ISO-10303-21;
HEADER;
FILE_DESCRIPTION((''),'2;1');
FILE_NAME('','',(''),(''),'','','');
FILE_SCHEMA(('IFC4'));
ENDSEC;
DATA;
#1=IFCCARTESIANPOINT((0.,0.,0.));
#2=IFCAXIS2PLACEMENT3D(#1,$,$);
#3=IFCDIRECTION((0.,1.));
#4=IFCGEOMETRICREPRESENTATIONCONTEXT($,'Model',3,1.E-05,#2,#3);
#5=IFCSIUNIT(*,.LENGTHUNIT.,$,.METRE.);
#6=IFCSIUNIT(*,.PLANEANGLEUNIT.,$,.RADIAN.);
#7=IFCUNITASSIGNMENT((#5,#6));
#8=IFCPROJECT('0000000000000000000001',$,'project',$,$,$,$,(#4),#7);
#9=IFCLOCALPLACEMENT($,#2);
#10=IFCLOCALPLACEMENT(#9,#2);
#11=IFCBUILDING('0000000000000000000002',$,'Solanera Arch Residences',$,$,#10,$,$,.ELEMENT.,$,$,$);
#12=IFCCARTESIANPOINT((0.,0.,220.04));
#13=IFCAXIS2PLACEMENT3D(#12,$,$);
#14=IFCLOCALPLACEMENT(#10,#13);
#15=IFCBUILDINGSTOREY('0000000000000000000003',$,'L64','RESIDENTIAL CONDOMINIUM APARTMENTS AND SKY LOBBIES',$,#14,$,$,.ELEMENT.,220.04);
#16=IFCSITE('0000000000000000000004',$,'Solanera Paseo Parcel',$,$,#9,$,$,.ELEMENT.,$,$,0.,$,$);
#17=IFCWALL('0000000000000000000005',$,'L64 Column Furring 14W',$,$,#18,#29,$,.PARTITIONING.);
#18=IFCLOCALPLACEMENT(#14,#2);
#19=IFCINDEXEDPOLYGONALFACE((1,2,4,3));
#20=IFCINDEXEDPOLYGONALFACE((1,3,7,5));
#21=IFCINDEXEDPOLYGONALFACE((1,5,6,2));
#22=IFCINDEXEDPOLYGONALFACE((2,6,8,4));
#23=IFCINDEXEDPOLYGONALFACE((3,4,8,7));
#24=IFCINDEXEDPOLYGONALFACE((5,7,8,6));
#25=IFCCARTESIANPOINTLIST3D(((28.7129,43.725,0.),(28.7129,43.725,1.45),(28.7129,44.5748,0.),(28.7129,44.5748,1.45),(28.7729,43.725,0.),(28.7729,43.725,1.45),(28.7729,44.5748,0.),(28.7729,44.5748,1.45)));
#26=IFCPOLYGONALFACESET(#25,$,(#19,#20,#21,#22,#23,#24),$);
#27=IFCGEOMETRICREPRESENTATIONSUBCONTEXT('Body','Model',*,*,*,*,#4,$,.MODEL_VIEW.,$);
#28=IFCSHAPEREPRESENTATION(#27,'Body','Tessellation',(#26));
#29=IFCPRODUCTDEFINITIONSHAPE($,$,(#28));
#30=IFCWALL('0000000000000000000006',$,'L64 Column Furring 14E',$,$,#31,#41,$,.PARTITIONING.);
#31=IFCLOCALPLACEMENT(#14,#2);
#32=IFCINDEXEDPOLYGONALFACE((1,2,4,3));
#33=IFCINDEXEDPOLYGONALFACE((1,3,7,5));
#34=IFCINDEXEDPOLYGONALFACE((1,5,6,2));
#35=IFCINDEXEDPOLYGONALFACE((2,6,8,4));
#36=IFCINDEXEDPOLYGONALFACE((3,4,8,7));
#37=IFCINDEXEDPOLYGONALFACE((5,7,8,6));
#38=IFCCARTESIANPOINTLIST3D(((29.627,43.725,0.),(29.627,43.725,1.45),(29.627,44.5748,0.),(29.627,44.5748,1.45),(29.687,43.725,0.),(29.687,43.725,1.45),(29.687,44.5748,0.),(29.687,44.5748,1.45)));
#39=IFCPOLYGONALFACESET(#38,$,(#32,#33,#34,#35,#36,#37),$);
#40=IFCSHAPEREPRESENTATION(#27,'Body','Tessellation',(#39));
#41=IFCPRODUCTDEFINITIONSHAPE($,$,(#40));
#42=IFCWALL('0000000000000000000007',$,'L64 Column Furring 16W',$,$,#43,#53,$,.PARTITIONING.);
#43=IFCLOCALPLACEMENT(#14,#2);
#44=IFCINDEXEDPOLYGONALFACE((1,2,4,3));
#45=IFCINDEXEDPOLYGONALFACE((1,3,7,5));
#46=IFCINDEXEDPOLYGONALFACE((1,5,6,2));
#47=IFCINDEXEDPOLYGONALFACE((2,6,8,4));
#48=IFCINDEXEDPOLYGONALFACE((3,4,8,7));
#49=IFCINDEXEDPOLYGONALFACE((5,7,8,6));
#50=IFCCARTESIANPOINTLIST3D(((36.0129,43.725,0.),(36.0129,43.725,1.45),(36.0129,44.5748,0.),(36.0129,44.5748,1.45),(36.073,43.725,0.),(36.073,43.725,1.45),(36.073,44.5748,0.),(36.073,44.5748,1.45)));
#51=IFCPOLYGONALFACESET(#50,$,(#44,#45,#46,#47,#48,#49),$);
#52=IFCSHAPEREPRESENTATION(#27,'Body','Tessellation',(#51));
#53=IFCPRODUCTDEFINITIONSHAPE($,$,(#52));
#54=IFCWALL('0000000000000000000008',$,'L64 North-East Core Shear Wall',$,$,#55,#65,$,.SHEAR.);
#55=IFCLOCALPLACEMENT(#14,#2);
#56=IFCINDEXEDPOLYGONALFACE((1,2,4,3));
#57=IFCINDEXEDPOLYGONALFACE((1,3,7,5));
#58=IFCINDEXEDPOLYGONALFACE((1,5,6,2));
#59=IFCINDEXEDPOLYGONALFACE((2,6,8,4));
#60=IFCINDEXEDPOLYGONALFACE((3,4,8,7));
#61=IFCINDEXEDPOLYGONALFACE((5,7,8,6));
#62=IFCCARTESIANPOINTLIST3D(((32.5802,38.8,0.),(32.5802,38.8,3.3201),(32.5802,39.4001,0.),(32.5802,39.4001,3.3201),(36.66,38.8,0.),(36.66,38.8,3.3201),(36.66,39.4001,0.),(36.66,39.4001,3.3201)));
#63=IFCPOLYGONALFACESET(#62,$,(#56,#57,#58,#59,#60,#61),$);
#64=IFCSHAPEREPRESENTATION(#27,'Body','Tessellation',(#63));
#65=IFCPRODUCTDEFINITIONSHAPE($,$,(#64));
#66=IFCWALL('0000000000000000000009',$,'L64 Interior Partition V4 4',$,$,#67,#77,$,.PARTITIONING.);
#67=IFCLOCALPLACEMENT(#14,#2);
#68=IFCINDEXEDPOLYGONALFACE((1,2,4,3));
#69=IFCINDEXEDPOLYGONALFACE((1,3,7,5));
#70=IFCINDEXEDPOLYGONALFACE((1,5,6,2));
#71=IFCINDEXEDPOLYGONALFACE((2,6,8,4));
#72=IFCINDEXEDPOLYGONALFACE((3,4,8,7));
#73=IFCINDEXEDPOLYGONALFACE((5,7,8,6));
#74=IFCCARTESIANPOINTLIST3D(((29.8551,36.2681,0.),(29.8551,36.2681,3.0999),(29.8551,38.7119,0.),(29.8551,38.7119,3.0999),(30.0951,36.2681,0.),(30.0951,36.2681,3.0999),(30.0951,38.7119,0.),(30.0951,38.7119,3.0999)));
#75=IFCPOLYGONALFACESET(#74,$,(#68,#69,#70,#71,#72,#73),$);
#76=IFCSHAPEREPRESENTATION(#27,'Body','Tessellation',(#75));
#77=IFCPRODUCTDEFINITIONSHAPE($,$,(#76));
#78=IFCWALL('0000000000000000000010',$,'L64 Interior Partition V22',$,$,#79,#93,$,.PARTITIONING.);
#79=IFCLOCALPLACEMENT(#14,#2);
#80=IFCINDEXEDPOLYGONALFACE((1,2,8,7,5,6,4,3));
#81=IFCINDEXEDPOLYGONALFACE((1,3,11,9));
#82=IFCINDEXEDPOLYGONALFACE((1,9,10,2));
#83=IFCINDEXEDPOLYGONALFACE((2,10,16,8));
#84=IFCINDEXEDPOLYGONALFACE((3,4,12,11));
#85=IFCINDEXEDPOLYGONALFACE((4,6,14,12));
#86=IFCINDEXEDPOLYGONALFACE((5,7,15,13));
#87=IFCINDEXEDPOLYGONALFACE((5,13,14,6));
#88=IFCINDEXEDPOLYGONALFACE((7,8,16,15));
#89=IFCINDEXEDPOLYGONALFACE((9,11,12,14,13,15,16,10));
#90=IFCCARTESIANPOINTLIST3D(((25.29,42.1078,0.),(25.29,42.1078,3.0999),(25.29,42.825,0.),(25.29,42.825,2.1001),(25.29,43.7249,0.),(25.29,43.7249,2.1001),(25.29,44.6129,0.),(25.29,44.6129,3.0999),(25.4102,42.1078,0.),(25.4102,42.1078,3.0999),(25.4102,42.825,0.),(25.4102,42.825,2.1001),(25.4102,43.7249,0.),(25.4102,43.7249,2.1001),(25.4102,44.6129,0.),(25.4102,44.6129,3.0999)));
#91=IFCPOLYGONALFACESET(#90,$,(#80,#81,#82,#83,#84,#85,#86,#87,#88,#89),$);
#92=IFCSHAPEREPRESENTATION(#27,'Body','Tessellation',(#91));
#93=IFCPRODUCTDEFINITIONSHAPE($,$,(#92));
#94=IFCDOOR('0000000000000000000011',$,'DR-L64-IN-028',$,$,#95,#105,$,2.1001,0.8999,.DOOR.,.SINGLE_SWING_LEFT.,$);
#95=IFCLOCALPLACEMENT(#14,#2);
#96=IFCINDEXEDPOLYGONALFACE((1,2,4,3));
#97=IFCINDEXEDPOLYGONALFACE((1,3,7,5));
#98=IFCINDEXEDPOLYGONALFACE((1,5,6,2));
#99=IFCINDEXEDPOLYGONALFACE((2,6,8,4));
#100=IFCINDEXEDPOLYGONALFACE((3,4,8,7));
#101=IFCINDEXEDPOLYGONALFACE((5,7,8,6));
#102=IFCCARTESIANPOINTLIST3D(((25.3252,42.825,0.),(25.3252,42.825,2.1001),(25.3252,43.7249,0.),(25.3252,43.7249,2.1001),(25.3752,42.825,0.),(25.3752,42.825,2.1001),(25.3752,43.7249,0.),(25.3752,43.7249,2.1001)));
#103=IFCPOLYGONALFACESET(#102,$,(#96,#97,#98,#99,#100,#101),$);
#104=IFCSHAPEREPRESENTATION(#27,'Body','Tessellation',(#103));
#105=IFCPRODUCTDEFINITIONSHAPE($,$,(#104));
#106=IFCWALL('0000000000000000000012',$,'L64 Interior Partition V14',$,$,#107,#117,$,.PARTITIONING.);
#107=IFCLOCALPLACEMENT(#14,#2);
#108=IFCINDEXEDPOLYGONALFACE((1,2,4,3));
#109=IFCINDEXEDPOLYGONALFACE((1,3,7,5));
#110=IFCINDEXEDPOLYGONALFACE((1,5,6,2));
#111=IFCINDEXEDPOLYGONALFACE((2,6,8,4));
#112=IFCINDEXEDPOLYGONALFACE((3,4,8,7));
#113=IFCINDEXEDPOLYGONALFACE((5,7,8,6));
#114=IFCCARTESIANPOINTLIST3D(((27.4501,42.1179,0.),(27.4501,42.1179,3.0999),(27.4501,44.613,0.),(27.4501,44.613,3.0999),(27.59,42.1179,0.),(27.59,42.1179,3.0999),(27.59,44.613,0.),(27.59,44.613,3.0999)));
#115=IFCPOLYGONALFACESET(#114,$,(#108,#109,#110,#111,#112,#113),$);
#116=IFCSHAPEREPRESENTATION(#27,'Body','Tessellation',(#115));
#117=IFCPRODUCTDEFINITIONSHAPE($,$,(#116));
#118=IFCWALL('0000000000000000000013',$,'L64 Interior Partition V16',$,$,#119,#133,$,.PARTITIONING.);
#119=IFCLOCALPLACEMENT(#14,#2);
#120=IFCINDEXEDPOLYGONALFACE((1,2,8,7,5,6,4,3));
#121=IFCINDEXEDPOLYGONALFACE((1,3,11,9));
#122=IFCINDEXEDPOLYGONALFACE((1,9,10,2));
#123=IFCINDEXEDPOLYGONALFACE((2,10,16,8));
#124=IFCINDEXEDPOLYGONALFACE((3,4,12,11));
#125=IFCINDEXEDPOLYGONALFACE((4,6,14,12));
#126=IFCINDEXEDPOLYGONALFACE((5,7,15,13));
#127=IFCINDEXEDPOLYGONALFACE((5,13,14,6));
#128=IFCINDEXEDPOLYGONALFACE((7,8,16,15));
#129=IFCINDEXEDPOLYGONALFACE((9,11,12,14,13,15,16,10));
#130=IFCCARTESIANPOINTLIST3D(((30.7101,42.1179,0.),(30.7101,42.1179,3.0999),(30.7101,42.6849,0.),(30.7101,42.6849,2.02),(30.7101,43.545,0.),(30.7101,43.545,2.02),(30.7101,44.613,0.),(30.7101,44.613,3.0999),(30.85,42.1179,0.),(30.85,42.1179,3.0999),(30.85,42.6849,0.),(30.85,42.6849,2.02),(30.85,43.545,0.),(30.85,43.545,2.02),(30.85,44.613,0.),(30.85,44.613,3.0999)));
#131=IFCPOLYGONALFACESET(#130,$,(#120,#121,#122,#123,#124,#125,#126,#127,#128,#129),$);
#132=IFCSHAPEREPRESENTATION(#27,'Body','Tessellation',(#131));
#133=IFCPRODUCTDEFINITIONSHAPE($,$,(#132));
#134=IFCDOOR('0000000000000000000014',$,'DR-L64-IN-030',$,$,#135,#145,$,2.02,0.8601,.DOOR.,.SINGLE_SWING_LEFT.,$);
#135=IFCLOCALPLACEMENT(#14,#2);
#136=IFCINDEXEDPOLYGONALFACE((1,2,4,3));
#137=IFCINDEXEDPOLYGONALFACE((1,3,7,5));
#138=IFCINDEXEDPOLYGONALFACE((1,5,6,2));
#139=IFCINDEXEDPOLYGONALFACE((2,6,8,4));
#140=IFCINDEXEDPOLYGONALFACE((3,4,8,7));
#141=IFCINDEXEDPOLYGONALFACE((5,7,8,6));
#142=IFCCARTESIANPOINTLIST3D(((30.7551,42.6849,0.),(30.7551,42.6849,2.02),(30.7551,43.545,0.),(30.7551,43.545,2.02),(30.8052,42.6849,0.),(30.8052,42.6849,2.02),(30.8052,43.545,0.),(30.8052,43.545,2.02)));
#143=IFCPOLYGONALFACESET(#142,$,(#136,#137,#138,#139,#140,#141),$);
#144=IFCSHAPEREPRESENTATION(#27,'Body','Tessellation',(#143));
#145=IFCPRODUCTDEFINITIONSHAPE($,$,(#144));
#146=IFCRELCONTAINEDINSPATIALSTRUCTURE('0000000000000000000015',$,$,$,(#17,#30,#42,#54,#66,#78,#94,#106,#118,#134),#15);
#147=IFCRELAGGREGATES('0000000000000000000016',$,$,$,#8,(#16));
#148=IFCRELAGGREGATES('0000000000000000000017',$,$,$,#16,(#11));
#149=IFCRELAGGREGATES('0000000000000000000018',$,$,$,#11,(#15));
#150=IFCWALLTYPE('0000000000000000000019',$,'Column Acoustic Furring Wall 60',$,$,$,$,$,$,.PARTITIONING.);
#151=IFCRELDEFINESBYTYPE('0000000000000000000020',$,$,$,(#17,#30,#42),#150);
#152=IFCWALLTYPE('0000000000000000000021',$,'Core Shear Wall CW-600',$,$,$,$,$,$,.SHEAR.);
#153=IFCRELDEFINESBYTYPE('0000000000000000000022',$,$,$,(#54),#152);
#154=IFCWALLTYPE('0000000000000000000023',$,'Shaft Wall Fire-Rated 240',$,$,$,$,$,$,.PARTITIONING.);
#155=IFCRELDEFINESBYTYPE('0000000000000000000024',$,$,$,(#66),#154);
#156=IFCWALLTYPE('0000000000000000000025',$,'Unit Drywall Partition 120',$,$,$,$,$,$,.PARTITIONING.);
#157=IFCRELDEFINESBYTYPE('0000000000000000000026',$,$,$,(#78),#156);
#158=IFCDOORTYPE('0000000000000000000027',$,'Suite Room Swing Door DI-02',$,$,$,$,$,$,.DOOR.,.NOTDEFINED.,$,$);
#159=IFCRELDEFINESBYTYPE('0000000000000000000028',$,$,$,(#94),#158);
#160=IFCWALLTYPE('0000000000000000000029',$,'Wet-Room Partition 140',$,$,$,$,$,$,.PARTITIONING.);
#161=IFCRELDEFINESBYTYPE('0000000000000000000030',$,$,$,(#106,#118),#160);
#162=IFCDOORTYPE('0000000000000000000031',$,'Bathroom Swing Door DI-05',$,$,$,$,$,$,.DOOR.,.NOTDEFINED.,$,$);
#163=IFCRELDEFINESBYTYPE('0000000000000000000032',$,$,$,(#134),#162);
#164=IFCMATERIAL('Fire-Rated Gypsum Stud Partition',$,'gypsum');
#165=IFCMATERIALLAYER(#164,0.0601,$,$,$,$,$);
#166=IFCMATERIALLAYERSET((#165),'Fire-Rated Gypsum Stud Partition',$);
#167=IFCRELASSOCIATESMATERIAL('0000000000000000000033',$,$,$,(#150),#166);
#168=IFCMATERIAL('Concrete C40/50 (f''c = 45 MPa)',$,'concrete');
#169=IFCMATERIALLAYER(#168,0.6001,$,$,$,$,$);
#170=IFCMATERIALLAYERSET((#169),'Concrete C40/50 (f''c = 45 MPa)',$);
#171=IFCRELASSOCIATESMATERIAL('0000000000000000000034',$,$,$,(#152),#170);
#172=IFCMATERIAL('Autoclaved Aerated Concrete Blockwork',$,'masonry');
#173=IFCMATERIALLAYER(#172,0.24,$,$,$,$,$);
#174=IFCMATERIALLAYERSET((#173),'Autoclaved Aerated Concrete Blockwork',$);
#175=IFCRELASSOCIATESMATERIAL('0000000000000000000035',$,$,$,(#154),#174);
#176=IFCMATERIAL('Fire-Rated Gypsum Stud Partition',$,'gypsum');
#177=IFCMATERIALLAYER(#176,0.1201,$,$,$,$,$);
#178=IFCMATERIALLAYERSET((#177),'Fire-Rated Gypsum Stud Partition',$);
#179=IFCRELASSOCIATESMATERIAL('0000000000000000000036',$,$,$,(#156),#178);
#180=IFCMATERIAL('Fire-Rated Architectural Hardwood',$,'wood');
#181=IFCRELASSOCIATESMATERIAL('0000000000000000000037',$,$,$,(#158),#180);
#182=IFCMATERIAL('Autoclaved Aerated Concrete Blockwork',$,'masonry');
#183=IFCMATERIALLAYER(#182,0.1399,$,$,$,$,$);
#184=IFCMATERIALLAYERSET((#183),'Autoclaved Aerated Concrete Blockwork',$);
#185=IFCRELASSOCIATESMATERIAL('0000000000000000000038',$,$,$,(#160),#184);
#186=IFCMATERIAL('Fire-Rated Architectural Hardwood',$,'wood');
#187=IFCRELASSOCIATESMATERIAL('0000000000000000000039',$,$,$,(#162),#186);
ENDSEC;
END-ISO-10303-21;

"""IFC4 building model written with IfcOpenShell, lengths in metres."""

from ifc_helpers import new_model, si_unit, direction, frame, frame_2d, origin, place, context, subcontext, project, spatial, rectangle, extrude, material, layer, layer_set, type_object, element, fill, save


model = new_model("IFC4")

# Units and contexts
model_context = context("Model", 3, precision=1e-05, world=origin(), true_north=direction((0.0, 1.0)))
body_context = subcontext(model_context, "Body", "Model", "MODEL_VIEW")
ifc_project = project(units=[si_unit("LENGTHUNIT", "METRE"), si_unit("PLANEANGLEUNIT", "RADIAN")], contexts=[model_context])

# Site, building, storey
site_placement = place(None, origin())
site = spatial("IfcSite", under=ifc_project, at=site_placement, Name="Solanera Paseo Parcel", CompositionType="ELEMENT", RefElevation=0.0)
building_placement = place(site_placement, origin())
building = spatial("IfcBuilding", under=site, at=building_placement, Name="Solanera Arch Residences", CompositionType="ELEMENT")
storey_placement = place(building_placement, frame((0.0, 0.0, 220.04)))
storey = spatial("IfcBuildingStorey", under=building, at=storey_placement, Name="L64", Description="RESIDENTIAL CONDOMINIUM APARTMENTS AND SKY LOBBIES", CompositionType="ELEMENT", Elevation=220.04)

# Walls
ifc_material_1 = material(Name="Fire-Rated Gypsum Stud Partition", Category="gypsum")
ifc_layer_1 = layer(ifc_material_1, 0.0601)
ifc_layer_set_1 = layer_set([ifc_layer_1], Name="Fire-Rated Gypsum Stud Partition")
wall_type_1 = type_object("IfcWallType", Name="Column Acoustic Furring Wall 60", PredefinedType="PARTITIONING", material=ifc_layer_set_1)
for number, where, z_axis, x_axis, name in (
    (1, (28.7429, 43.7251, 0.0), (0.0, 0.0, 1.0), (0.0, 1.0, 0.0), "L64 Column Furring 14W"),
    (2, (29.657, 43.7251, 0.0), (0.0, 0.0, 1.0), (0.0, 1.0, 0.0), "L64 Column Furring 14E"),
    (3, (36.043, 43.7251, 0.0), (0.0, 0.0, 1.0), (0.0, 1.0, 0.0), "L64 Column Furring 16W"),
):
    element("IfcWall", number, at=place(storey_placement, frame(where, z_axis=z_axis, x_axis=x_axis)), inside=storey, type_object=wall_type_1, Name=name, PredefinedType="PARTITIONING", context=body_context, shape_type="SweptSolid", body=[
        extrude(rectangle(XDim=0.8499, YDim=0.0601, at=frame_2d((0.4248, 0.0))), origin(), (0.0, 0.0, 1.0), 1.45),
    ])
ifc_material_2 = material(Name="Concrete C40/50 (f'c = 45 MPa)", Category="concrete")
ifc_layer_2 = layer(ifc_material_2, 0.6001)
ifc_layer_set_2 = layer_set([ifc_layer_2], Name="Concrete C40/50 (f'c = 45 MPa)")
wall_type_2 = type_object("IfcWallType", Name="Core Shear Wall CW-600", PredefinedType="SHEAR", material=ifc_layer_set_2)
wall_1_placement = place(storey_placement, frame((32.5801, 39.1001, 0.0), z_axis=(0.0, 0.0, 1.0), x_axis=(1.0, 0.0, 0.0)))
element("IfcWall", 4, at=wall_1_placement, inside=storey, type_object=wall_type_2, Name="L64 North-East Core Shear Wall", PredefinedType="SHEAR", context=body_context, shape_type="SweptSolid", body=[
    extrude(rectangle(XDim=4.0798, YDim=0.6001, at=frame_2d((2.04, 0.0))), origin(), (0.0, 0.0, 1.0), 3.3201),
])
ifc_material_3 = material(Name="Autoclaved Aerated Concrete Blockwork", Category="masonry")
ifc_layer_3 = layer(ifc_material_3, 0.24)
ifc_layer_set_3 = layer_set([ifc_layer_3], Name="Autoclaved Aerated Concrete Blockwork")
wall_type_3 = type_object("IfcWallType", Name="Shaft Wall Fire-Rated 240", PredefinedType="PARTITIONING", material=ifc_layer_set_3)
wall_2_placement = place(storey_placement, frame((29.9751, 36.2681, 0.0), z_axis=(0.0, 0.0, 1.0), x_axis=(0.0, 1.0, 0.0)))
element("IfcWall", 5, at=wall_2_placement, inside=storey, type_object=wall_type_3, Name="L64 Interior Partition V4 4", PredefinedType="PARTITIONING", context=body_context, shape_type="SweptSolid", body=[
    extrude(rectangle(XDim=2.4438, YDim=0.24, at=frame_2d((1.2219, 0.0))), origin(), (0.0, 0.0, 1.0), 3.0999),
])

# Wall, opening, door
ifc_material_4 = material(Name="Fire-Rated Gypsum Stud Partition", Category="gypsum")
ifc_layer_4 = layer(ifc_material_4, 0.1201)
ifc_layer_set_4 = layer_set([ifc_layer_4], Name="Fire-Rated Gypsum Stud Partition")
wall_type_4 = type_object("IfcWallType", Name="Unit Drywall Partition 120", PredefinedType="PARTITIONING", material=ifc_layer_set_4)
wall_3_placement = place(storey_placement, frame((25.3501, 42.1079, 0.0), z_axis=(0.0, 0.0, 1.0), x_axis=(0.0, 1.0, 0.0)))
wall_3 = element("IfcWall", 6, at=wall_3_placement, inside=storey, type_object=wall_type_4, Name="L64 Interior Partition V22", PredefinedType="PARTITIONING", context=body_context, shape_type="SweptSolid", body=[
    extrude(rectangle(XDim=2.5051, YDim=0.1201, at=frame_2d((1.2524, 0.0))), origin(), (0.0, 0.0, 1.0), 3.0999),
])
opening_1_placement = place(wall_3_placement, frame((0.717, 0.0, 0.0)))
opening_1 = element("IfcOpeningElement", 7, at=opening_1_placement, cuts=wall_3, PredefinedType="OPENING", context=body_context, shape_type="SweptSolid", body=[
    extrude(rectangle(XDim=0.8999, YDim=2.1001, at=frame_2d((0.45, 1.05))), frame((0.0, 0.0701, 0.0), z_axis=(0.0, -1.0, 0.0), x_axis=(1.0, 0.0, 0.0)), (0.0, 0.0, 1.0), 0.1401),
])
ifc_material_5 = material(Name="Fire-Rated Architectural Hardwood", Category="wood")
door_type_1 = type_object("IfcDoorType", Name="Suite Room Swing Door DI-02", OperationType="NOTDEFINED", PredefinedType="DOOR", material=ifc_material_5)
door_1_placement = place(opening_1_placement, origin())
door_1 = element("IfcDoor", 8, at=door_1_placement, inside=storey, type_object=door_type_1, Name="DR-L64-IN-028", OperationType="SINGLE_SWING_LEFT", OverallHeight=2.1001, OverallWidth=0.8999, PredefinedType="DOOR", context=body_context, shape_type="SweptSolid", body=[
    extrude(rectangle(XDim=0.8999, YDim=2.1001, at=frame_2d((0.45, 1.05))), frame((0.0, 0.0249, 0.0), z_axis=(0.0, -1.0, 0.0), x_axis=(1.0, 0.0, 0.0)), (0.0, 0.0, 1.0), 0.05),
])
fill(opening_1, door_1)

# Wall
ifc_material_6 = material(Name="Autoclaved Aerated Concrete Blockwork", Category="masonry")
ifc_layer_5 = layer(ifc_material_6, 0.1399)
ifc_layer_set_5 = layer_set([ifc_layer_5], Name="Autoclaved Aerated Concrete Blockwork")
wall_type_5 = type_object("IfcWallType", Name="Wet-Room Partition 140", PredefinedType="PARTITIONING", material=ifc_layer_set_5)
wall_4_placement = place(storey_placement, frame((27.52, 42.1179, 0.0), z_axis=(0.0, 0.0, 1.0), x_axis=(0.0, 1.0, 0.0)))
element("IfcWall", 9, at=wall_4_placement, inside=storey, type_object=wall_type_5, Name="L64 Interior Partition V14", PredefinedType="PARTITIONING", context=body_context, shape_type="SweptSolid", body=[
    extrude(rectangle(XDim=2.4951, YDim=0.1399, at=frame_2d((1.2476, 0.0))), origin(), (0.0, 0.0, 1.0), 3.0999),
])

# Wall, opening, door
wall_5_placement = place(storey_placement, frame((30.78, 42.1179, 0.0), z_axis=(0.0, 0.0, 1.0), x_axis=(0.0, 1.0, 0.0)))
wall_5 = element("IfcWall", 10, at=wall_5_placement, inside=storey, type_object=wall_type_5, Name="L64 Interior Partition V16", PredefinedType="PARTITIONING", context=body_context, shape_type="SweptSolid", body=[
    extrude(rectangle(XDim=2.4951, YDim=0.1399, at=frame_2d((1.2476, 0.0))), origin(), (0.0, 0.0, 1.0), 3.0999),
])
opening_2_placement = place(wall_5_placement, frame((0.5669, 0.0, 0.0)))
opening_2 = element("IfcOpeningElement", 11, at=opening_2_placement, cuts=wall_5, PredefinedType="OPENING", context=body_context, shape_type="SweptSolid", body=[
    extrude(rectangle(XDim=0.8601, YDim=2.02, at=frame_2d((0.4302, 1.01))), frame((0.0, 0.0798, 0.0), z_axis=(0.0, -1.0, 0.0), x_axis=(1.0, 0.0, 0.0)), (0.0, 0.0, 1.0), 0.1599),
])
ifc_material_7 = material(Name="Fire-Rated Architectural Hardwood", Category="wood")
door_type_2 = type_object("IfcDoorType", Name="Bathroom Swing Door DI-05", OperationType="NOTDEFINED", PredefinedType="DOOR", material=ifc_material_7)
door_2_placement = place(opening_2_placement, origin())
door_2 = element("IfcDoor", 12, at=door_2_placement, inside=storey, type_object=door_type_2, Name="DR-L64-IN-030", OperationType="SINGLE_SWING_LEFT", OverallHeight=2.02, OverallWidth=0.8601, PredefinedType="DOOR", context=body_context, shape_type="SweptSolid", body=[
    extrude(rectangle(XDim=0.8601, YDim=2.02, at=frame_2d((0.4302, 1.01))), frame((0.0, 0.0249, 0.0), z_axis=(0.0, -1.0, 0.0), x_axis=(1.0, 0.0, 0.0)), (0.0, 0.0, 1.0), 0.05),
])
fill(opening_2, door_2)

save(model, "model.ifc")
